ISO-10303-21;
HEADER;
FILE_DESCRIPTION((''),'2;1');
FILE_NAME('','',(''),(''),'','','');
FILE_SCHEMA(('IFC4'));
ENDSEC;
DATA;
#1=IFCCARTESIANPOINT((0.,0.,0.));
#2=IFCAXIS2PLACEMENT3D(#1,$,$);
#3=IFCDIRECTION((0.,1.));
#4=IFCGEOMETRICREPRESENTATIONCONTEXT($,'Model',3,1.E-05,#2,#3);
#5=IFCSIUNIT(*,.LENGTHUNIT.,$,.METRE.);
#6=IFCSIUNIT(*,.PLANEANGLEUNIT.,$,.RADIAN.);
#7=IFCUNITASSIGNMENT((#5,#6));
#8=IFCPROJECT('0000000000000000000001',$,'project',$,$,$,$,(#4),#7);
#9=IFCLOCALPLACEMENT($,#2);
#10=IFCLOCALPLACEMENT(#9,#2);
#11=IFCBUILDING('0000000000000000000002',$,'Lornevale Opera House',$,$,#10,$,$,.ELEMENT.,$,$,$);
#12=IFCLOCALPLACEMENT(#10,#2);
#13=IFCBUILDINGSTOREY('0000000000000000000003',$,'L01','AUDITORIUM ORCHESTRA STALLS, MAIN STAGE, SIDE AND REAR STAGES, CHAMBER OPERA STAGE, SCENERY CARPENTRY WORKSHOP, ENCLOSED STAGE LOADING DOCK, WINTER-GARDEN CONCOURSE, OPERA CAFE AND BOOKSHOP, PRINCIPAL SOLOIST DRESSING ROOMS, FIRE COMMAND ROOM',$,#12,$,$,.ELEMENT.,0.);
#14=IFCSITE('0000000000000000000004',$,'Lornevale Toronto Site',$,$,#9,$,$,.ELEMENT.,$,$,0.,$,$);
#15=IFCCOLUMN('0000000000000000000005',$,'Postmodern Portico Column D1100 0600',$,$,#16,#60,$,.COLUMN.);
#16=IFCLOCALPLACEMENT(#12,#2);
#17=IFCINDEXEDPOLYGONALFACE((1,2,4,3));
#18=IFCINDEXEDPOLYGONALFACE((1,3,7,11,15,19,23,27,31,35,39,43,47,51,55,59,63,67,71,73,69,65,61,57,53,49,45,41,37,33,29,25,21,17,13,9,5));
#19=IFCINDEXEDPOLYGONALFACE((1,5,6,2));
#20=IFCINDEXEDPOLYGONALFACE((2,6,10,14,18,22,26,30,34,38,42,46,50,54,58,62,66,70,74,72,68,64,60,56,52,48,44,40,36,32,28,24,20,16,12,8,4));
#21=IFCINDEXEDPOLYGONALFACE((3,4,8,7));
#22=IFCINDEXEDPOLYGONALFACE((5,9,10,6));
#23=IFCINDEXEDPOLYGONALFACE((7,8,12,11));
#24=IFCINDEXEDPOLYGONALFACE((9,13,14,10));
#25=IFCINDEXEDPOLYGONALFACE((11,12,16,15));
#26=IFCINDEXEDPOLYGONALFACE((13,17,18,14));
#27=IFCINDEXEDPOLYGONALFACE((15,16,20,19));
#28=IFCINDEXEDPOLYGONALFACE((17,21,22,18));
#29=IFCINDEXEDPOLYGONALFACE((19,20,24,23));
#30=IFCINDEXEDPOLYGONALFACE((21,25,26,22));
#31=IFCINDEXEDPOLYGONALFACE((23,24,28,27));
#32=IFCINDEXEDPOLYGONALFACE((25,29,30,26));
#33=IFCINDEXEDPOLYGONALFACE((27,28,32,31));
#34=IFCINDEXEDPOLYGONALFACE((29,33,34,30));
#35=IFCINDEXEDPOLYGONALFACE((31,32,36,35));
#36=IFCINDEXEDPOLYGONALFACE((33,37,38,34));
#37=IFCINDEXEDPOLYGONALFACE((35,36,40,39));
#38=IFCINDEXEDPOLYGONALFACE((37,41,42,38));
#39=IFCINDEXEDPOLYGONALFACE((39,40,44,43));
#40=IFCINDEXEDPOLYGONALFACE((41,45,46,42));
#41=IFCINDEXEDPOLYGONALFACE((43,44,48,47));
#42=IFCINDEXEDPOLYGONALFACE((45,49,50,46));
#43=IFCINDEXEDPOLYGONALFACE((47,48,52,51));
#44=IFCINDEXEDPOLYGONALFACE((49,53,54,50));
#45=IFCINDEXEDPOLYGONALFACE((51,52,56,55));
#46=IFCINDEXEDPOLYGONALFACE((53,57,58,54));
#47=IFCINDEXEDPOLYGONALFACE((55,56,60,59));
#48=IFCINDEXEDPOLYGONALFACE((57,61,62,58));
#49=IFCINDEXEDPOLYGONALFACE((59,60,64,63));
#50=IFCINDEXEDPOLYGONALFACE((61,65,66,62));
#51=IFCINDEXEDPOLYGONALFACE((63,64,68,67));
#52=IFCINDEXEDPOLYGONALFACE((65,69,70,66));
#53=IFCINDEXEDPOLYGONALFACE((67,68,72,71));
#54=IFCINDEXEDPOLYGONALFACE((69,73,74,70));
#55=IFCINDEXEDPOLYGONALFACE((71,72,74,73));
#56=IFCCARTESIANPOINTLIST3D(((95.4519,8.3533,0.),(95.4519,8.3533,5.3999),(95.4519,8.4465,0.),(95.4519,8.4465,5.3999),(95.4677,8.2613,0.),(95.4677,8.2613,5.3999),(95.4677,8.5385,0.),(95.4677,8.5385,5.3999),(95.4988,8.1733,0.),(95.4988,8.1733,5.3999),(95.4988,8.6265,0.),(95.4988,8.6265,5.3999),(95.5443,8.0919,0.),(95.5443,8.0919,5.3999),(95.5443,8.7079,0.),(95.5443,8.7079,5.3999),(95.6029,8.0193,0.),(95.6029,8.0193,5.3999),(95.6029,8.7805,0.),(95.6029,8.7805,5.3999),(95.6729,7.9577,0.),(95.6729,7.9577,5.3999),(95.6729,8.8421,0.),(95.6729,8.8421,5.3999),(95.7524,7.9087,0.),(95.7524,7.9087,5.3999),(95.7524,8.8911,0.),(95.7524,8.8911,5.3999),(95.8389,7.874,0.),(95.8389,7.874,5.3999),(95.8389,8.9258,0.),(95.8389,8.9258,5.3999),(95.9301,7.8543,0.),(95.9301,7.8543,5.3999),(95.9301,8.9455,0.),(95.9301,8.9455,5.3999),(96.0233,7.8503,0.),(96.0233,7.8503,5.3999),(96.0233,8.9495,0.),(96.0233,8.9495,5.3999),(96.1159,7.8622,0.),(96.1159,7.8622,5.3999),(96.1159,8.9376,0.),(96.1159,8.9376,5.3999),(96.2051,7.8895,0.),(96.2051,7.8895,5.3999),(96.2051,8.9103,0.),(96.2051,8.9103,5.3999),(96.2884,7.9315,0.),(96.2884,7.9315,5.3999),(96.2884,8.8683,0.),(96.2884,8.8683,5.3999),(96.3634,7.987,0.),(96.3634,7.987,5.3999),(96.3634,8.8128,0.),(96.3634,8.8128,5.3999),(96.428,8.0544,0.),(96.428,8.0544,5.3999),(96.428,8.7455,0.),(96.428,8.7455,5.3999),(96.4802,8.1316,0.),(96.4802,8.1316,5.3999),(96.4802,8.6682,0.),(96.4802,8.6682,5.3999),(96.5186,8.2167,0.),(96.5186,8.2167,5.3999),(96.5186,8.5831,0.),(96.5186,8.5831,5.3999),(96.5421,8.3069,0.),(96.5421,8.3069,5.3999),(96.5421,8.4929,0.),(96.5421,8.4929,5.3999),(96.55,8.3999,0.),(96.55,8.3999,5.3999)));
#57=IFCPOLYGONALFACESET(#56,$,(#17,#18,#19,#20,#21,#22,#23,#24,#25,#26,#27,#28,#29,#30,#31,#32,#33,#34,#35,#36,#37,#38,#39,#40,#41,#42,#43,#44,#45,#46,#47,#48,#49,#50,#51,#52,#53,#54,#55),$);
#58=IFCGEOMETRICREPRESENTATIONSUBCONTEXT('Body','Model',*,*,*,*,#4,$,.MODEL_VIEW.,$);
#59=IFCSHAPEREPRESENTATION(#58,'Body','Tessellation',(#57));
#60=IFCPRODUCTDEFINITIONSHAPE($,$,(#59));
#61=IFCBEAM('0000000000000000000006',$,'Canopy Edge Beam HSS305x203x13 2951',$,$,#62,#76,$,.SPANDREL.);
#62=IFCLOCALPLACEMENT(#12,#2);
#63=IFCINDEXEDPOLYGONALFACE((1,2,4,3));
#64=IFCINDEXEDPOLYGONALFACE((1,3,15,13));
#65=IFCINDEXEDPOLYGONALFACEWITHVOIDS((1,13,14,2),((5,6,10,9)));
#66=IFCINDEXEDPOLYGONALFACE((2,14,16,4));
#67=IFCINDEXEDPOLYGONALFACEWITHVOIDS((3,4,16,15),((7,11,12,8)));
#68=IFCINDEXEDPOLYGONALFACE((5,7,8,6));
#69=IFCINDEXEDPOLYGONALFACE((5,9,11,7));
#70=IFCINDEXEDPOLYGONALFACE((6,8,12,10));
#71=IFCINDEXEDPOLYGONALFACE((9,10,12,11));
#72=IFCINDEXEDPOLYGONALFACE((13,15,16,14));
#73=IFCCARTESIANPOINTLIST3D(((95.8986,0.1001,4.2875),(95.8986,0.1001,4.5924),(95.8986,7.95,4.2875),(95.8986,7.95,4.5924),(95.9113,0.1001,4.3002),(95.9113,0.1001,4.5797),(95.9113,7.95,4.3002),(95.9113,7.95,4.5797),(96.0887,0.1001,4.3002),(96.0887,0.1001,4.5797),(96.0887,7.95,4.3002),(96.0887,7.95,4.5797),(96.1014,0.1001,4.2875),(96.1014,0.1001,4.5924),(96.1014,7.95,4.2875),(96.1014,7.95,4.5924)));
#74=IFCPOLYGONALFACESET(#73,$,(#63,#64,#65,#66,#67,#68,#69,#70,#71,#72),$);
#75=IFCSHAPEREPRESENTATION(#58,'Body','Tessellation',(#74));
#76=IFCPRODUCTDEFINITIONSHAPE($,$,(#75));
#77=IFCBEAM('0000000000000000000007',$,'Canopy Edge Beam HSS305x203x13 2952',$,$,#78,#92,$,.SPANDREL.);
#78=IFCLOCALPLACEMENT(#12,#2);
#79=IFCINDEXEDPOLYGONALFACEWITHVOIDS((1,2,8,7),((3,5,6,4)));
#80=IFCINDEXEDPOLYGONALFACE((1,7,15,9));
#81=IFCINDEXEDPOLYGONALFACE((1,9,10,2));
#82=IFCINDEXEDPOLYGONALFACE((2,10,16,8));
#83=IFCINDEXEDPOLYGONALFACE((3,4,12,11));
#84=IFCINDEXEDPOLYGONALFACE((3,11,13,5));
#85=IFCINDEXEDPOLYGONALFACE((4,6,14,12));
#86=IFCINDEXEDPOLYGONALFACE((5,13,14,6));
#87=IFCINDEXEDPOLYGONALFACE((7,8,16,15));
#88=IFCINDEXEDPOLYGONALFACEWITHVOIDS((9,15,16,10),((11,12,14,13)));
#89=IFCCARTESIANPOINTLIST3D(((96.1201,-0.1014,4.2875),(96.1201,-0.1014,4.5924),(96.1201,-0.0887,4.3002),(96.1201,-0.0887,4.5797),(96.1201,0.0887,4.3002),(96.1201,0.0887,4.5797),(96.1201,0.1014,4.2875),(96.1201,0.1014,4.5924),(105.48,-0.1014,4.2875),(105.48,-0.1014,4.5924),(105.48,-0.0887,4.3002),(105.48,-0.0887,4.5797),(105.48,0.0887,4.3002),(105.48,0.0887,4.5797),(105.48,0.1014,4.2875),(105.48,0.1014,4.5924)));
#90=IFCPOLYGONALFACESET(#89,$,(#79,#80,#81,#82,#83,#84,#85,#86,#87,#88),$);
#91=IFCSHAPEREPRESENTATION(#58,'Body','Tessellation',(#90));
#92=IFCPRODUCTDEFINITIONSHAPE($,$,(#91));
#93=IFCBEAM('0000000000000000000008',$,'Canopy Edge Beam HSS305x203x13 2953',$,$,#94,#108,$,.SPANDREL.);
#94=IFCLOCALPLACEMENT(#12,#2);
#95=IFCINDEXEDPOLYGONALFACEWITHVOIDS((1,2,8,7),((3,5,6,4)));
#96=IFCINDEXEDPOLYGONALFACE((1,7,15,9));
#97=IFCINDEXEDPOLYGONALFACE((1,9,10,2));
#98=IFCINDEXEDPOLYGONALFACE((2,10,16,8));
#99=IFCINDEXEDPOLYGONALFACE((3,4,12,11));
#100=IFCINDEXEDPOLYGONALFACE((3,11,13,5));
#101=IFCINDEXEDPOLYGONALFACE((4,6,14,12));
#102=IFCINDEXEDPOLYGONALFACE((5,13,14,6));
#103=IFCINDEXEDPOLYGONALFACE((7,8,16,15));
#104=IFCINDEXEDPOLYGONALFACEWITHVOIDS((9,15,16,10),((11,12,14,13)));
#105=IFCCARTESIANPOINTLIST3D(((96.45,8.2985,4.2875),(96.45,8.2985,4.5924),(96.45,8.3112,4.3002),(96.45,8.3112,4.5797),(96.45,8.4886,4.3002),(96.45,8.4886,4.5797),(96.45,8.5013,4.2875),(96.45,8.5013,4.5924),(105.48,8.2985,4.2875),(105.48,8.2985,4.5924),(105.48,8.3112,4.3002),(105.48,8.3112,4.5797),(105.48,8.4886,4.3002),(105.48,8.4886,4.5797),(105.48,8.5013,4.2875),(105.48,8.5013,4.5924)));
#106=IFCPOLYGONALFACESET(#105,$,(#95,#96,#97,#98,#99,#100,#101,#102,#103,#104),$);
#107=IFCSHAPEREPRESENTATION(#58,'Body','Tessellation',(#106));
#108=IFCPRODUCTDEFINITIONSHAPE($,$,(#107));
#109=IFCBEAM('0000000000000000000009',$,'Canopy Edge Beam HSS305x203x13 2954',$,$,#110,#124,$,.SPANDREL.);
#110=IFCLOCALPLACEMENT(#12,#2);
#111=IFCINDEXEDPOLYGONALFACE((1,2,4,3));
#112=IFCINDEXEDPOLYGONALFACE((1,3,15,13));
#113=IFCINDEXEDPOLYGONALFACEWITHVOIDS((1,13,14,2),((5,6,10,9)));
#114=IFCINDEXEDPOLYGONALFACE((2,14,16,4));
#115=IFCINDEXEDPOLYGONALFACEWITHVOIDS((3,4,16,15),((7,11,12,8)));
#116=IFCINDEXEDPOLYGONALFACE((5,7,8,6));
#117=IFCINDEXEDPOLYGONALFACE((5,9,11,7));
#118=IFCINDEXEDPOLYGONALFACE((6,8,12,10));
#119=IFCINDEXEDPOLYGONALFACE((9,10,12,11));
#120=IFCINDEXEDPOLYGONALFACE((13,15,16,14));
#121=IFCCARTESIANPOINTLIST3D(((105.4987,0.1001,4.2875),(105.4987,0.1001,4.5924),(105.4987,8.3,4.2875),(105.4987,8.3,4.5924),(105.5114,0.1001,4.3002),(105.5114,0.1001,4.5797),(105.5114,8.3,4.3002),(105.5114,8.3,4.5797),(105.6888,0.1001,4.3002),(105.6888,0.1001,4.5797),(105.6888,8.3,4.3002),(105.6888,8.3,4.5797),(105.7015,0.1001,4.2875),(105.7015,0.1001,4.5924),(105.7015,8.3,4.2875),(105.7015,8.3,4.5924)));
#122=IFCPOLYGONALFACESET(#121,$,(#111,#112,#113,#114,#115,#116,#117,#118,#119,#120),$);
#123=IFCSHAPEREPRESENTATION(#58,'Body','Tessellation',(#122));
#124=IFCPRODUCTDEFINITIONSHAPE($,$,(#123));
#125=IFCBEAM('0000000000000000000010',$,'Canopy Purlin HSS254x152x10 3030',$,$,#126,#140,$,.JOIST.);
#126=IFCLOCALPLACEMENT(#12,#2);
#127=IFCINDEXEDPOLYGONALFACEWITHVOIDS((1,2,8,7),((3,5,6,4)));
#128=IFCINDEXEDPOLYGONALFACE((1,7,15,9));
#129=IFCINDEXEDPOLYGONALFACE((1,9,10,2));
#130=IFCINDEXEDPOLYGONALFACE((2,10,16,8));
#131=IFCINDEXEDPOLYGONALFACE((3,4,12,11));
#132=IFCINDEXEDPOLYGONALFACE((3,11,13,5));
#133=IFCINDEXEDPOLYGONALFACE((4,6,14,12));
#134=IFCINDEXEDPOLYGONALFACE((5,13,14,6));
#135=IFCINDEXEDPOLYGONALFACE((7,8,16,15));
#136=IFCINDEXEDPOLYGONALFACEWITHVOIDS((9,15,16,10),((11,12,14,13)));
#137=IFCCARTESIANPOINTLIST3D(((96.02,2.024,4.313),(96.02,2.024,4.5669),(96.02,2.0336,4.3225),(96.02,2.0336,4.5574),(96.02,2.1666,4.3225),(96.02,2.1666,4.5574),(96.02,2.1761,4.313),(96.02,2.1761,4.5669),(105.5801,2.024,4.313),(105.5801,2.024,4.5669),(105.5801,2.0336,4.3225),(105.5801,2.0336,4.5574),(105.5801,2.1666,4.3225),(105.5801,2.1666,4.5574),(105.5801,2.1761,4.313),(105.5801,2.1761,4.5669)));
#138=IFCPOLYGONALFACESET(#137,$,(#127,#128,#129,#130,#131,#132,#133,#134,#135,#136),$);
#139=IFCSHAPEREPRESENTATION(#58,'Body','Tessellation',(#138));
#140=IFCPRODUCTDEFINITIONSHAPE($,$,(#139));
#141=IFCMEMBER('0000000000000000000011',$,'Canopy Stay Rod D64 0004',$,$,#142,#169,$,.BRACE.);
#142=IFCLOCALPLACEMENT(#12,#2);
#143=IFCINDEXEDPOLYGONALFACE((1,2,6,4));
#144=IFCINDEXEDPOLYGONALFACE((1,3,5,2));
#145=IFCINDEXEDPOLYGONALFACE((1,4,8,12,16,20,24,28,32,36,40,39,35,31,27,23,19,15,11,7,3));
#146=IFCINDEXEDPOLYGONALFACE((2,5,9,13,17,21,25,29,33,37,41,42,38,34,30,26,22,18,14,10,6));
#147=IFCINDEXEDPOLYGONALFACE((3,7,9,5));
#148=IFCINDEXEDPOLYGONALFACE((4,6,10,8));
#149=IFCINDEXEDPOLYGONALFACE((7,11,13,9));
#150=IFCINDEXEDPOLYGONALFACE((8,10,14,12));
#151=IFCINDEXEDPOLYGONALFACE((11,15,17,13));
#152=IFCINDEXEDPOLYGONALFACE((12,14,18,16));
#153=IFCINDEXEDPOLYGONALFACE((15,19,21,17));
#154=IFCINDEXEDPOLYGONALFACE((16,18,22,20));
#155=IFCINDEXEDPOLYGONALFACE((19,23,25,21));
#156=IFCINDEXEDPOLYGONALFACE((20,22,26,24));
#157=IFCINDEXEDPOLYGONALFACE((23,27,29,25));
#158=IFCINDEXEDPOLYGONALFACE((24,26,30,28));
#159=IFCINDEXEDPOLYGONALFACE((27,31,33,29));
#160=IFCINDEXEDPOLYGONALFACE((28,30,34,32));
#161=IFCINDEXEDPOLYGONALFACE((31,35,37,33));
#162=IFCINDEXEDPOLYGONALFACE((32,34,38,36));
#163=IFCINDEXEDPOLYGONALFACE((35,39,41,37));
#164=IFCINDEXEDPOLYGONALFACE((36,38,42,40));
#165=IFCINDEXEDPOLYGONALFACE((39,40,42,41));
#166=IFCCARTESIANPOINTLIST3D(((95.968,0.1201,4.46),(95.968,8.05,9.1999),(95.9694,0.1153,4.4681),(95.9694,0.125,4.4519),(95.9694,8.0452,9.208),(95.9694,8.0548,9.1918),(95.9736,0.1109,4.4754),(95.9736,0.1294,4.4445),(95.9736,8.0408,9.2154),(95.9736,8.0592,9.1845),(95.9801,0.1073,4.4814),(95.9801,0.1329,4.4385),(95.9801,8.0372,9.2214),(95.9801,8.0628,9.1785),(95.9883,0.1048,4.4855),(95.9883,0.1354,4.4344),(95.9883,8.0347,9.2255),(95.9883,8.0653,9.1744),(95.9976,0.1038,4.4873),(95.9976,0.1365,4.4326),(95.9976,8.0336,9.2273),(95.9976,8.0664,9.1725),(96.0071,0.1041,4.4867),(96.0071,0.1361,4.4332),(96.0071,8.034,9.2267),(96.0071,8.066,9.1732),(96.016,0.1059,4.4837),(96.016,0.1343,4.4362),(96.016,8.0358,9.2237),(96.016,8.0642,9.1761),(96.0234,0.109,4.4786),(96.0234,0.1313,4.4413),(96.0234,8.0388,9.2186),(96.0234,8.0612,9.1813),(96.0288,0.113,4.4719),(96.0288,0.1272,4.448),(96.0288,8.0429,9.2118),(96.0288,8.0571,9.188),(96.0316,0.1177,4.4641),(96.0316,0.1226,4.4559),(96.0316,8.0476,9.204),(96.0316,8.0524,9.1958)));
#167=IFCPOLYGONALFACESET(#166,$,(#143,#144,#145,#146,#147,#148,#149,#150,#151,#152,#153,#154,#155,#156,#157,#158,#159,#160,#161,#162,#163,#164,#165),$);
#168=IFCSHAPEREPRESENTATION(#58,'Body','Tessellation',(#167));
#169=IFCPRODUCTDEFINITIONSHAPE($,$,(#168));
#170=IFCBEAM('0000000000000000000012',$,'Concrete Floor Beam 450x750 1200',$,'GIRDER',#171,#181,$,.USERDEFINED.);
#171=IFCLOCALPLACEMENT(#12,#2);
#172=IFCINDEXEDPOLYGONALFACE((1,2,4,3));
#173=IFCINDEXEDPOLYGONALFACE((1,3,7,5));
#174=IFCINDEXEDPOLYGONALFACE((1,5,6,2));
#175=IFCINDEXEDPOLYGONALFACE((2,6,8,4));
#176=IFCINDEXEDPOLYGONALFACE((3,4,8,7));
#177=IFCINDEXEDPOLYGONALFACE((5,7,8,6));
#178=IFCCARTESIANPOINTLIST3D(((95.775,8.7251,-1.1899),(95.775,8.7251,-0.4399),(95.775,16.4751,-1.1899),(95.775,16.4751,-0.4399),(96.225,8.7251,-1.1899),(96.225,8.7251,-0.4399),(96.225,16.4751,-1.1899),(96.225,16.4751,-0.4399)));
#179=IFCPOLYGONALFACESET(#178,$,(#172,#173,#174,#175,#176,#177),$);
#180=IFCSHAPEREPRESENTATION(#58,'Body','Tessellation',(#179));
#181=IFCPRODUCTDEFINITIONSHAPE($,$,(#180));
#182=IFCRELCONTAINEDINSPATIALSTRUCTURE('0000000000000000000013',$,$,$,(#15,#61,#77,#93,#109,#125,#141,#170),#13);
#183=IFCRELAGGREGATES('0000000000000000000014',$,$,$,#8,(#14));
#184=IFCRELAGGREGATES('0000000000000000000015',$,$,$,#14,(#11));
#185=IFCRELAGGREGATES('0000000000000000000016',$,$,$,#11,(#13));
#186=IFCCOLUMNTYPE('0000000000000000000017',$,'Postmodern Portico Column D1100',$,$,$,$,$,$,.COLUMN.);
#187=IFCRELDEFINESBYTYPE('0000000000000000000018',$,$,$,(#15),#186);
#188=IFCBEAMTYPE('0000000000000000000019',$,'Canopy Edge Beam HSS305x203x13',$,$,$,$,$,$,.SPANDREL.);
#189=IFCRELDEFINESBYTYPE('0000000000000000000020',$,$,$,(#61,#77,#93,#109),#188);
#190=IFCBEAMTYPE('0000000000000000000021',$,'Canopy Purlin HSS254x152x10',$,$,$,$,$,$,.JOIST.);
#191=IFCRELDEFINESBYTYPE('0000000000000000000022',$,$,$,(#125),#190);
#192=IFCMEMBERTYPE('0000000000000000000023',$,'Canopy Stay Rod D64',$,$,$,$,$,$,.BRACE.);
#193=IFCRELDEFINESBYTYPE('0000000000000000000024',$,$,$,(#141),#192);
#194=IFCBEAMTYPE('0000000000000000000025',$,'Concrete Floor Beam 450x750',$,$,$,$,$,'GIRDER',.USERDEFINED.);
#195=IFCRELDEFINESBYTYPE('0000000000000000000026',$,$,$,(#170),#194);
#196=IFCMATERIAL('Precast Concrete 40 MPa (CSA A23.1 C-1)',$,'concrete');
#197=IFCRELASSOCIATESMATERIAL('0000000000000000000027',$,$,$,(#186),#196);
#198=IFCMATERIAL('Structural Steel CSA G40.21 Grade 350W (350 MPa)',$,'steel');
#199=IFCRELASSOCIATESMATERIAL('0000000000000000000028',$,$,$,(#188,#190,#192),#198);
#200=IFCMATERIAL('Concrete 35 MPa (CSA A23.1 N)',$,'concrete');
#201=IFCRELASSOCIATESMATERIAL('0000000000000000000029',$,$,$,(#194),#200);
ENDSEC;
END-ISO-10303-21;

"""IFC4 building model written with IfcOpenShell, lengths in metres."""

from ifc_helpers import new_model, si_unit, direction, frame, origin, origin_2d, place, context, subcontext, project, spatial, rectangle, hollow_rectangle, circle, extrude, material, material_profile, profile_set, type_object, element, save


model = new_model("IFC4")

# Units and contexts
model_context = context("Model", 3, precision=1e-05, world=origin(), true_north=direction((0.0, 1.0)))
body_context = subcontext(model_context, "Body", "Model", "MODEL_VIEW")
ifc_project = project(units=[si_unit("LENGTHUNIT", "METRE"), si_unit("PLANEANGLEUNIT", "RADIAN")], contexts=[model_context])

# Site, building, storey
site_placement = place(None, origin())
site = spatial("IfcSite", under=ifc_project, at=site_placement, Name="Lornevale Toronto Site", CompositionType="ELEMENT", RefElevation=0.0)
building_placement = place(site_placement, origin())
building = spatial("IfcBuilding", under=site, at=building_placement, Name="Lornevale Opera House", CompositionType="ELEMENT")
storey_placement = place(building_placement, origin())
storey = spatial("IfcBuildingStorey", under=building, at=storey_placement, Name="L01", Description="AUDITORIUM ORCHESTRA STALLS, MAIN STAGE, SIDE AND REAR STAGES, CHAMBER OPERA STAGE, SCENERY CARPENTRY WORKSHOP, ENCLOSED STAGE LOADING DOCK, WINTER-GARDEN CONCOURSE, OPERA CAFE AND BOOKSHOP, PRINCIPAL SOLOIST DRESSING ROOMS, FIRE COMMAND ROOM", CompositionType="ELEMENT", Elevation=0.0)

# Column
ifc_material_1 = material(Name="Structural Steel CSA G40.21 Grade 350W (350 MPa)", Category="steel")
ifc_material_2 = material(Name="Precast Concrete 40 MPa (CSA A23.1 C-1)", Category="concrete")
ifc_material_profile_1 = material_profile(ifc_material_2, circle(Radius=0.55, at=origin_2d()), Name="RCCOL1100")
ifc_profile_set_1 = profile_set([ifc_material_profile_1], Name="Precast Concrete 40 MPa (CSA A23.1 C-1)")
column_type_1 = type_object("IfcColumnType", Name="Postmodern Portico Column D1100", PredefinedType="COLUMN", material=ifc_profile_set_1)
column_placement = place(storey_placement, frame((96.0, 8.3999, 0.0), z_axis=(0.0, 0.0, 1.0), x_axis=(1.0, 0.0, 0.0)))
element("IfcColumn", 1, at=column_placement, inside=storey, type_object=column_type_1, Name="Postmodern Portico Column D1100 0600", PredefinedType="COLUMN", context=body_context, shape_type="SweptSolid", body=[
    extrude(circle(Radius=0.55, at=origin_2d()), origin(), (0.0, 0.0, 1.0), 5.3999),
])

# Beams
ifc_material_profile_2 = material_profile(ifc_material_1, hollow_rectangle(XDim=0.2029, YDim=0.3049, WallThickness=0.0127, at=origin_2d()), Name="HSS305x203x13")
ifc_profile_set_2 = profile_set([ifc_material_profile_2], Name="Structural Steel CSA G40.21 Grade 350W (350 MPa)")
beam_type_1 = type_object("IfcBeamType", Name="Canopy Edge Beam HSS305x203x13", PredefinedType="SPANDREL", material=ifc_profile_set_2)
beam_1_placement = place(storey_placement, frame((96.0, 0.1001, 4.4399), z_axis=(0.0, 1.0, 0.0), x_axis=(-1.0, 0.0, 0.0)))
element("IfcBeam", 2, at=beam_1_placement, inside=storey, type_object=beam_type_1, Name="Canopy Edge Beam HSS305x203x13 2951", PredefinedType="SPANDREL", context=body_context, shape_type="SweptSolid", body=[
    extrude(hollow_rectangle(XDim=0.2029, YDim=0.3049, WallThickness=0.0127, at=origin_2d()), origin(), (0.0, 0.0, 1.0), 7.8499),
])
beam_2_placement = place(storey_placement, frame((96.1201, 0.0, 4.4399), z_axis=(1.0, 0.0, 0.0), x_axis=(0.0, 1.0, 0.0)))
element("IfcBeam", 3, at=beam_2_placement, inside=storey, type_object=beam_type_1, Name="Canopy Edge Beam HSS305x203x13 2952", PredefinedType="SPANDREL", context=body_context, shape_type="SweptSolid", body=[
    extrude(hollow_rectangle(XDim=0.2029, YDim=0.3049, WallThickness=0.0127, at=origin_2d()), origin(), (0.0, 0.0, 1.0), 9.3599),
])
beam_3_placement = place(storey_placement, frame((96.45, 8.3999, 4.4399), z_axis=(1.0, 0.0, 0.0), x_axis=(0.0, 1.0, 0.0)))
element("IfcBeam", 4, at=beam_3_placement, inside=storey, type_object=beam_type_1, Name="Canopy Edge Beam HSS305x203x13 2953", PredefinedType="SPANDREL", context=body_context, shape_type="SweptSolid", body=[
    extrude(hollow_rectangle(XDim=0.2029, YDim=0.3049, WallThickness=0.0127, at=origin_2d()), origin(), (0.0, 0.0, 1.0), 9.03),
])
beam_4_placement = place(storey_placement, frame((105.6001, 0.1001, 4.4399), z_axis=(0.0, 1.0, 0.0), x_axis=(-1.0, 0.0, 0.0)))
element("IfcBeam", 5, at=beam_4_placement, inside=storey, type_object=beam_type_1, Name="Canopy Edge Beam HSS305x203x13 2954", PredefinedType="SPANDREL", context=body_context, shape_type="SweptSolid", body=[
    extrude(hollow_rectangle(XDim=0.2029, YDim=0.3049, WallThickness=0.0127, at=origin_2d()), origin(), (0.0, 0.0, 1.0), 8.2),
])
ifc_material_profile_3 = material_profile(ifc_material_1, hollow_rectangle(XDim=0.1521, YDim=0.2539, WallThickness=0.0095, at=origin_2d()), Name="HSS254x152x10")
ifc_profile_set_3 = profile_set([ifc_material_profile_3], Name="Structural Steel CSA G40.21 Grade 350W (350 MPa)")
beam_type_2 = type_object("IfcBeamType", Name="Canopy Purlin HSS254x152x10", PredefinedType="JOIST", material=ifc_profile_set_3)
beam_5_placement = place(storey_placement, frame((96.02, 2.1001, 4.4399), z_axis=(1.0, 0.0, 0.0), x_axis=(0.0, 1.0, 0.0)))
element("IfcBeam", 6, at=beam_5_placement, inside=storey, type_object=beam_type_2, Name="Canopy Purlin HSS254x152x10 3030", PredefinedType="JOIST", context=body_context, shape_type="SweptSolid", body=[
    extrude(hollow_rectangle(XDim=0.1521, YDim=0.2539, WallThickness=0.0095, at=origin_2d()), origin(), (0.0, 0.0, 1.0), 9.5601),
])

# Member
ifc_material_profile_4 = material_profile(ifc_material_1, circle(Radius=0.032, at=origin_2d()), Name="ROD64")
ifc_profile_set_4 = profile_set([ifc_material_profile_4], Name="Structural Steel CSA G40.21 Grade 350W (350 MPa)")
member_type_1 = type_object("IfcMemberType", Name="Canopy Stay Rod D64", PredefinedType="BRACE", material=ifc_profile_set_4)
member_1_placement = place(storey_placement, frame((96.0, 0.1201, 4.46), z_axis=(0.0, 0.85835, 0.513065), x_axis=(-1.0, 0.0, 0.0)))
element("IfcMember", 7, at=member_1_placement, inside=storey, type_object=member_type_1, Name="Canopy Stay Rod D64 0004", PredefinedType="BRACE", context=body_context, shape_type="SweptSolid", body=[
    extrude(circle(Radius=0.032, at=origin_2d()), origin(), (0.0, 0.0, 1.0), 9.2385),
])

# Beam
ifc_material_3 = material(Name="Concrete 35 MPa (CSA A23.1 N)", Category="concrete")
ifc_material_profile_5 = material_profile(ifc_material_3, rectangle(XDim=0.45, YDim=0.75, at=origin_2d()), Name="RC450x750")
ifc_profile_set_5 = profile_set([ifc_material_profile_5], Name="Concrete 35 MPa (CSA A23.1 N)")
beam_type_3 = type_object("IfcBeamType", Name="Concrete Floor Beam 450x750", ElementType="GIRDER", PredefinedType="USERDEFINED", material=ifc_profile_set_5)
beam_6_placement = place(storey_placement, frame((96.0, 8.7251, -0.8149), z_axis=(0.0, 1.0, 0.0), x_axis=(-1.0, 0.0, 0.0)))
element("IfcBeam", 8, at=beam_6_placement, inside=storey, type_object=beam_type_3, Name="Concrete Floor Beam 450x750 1200", ObjectType="GIRDER", PredefinedType="USERDEFINED", context=body_context, shape_type="SweptSolid", body=[
    extrude(rectangle(XDim=0.45, YDim=0.75, at=origin_2d()), origin(), (0.0, 0.0, 1.0), 7.75),
])

save(model, "model.ifc")
